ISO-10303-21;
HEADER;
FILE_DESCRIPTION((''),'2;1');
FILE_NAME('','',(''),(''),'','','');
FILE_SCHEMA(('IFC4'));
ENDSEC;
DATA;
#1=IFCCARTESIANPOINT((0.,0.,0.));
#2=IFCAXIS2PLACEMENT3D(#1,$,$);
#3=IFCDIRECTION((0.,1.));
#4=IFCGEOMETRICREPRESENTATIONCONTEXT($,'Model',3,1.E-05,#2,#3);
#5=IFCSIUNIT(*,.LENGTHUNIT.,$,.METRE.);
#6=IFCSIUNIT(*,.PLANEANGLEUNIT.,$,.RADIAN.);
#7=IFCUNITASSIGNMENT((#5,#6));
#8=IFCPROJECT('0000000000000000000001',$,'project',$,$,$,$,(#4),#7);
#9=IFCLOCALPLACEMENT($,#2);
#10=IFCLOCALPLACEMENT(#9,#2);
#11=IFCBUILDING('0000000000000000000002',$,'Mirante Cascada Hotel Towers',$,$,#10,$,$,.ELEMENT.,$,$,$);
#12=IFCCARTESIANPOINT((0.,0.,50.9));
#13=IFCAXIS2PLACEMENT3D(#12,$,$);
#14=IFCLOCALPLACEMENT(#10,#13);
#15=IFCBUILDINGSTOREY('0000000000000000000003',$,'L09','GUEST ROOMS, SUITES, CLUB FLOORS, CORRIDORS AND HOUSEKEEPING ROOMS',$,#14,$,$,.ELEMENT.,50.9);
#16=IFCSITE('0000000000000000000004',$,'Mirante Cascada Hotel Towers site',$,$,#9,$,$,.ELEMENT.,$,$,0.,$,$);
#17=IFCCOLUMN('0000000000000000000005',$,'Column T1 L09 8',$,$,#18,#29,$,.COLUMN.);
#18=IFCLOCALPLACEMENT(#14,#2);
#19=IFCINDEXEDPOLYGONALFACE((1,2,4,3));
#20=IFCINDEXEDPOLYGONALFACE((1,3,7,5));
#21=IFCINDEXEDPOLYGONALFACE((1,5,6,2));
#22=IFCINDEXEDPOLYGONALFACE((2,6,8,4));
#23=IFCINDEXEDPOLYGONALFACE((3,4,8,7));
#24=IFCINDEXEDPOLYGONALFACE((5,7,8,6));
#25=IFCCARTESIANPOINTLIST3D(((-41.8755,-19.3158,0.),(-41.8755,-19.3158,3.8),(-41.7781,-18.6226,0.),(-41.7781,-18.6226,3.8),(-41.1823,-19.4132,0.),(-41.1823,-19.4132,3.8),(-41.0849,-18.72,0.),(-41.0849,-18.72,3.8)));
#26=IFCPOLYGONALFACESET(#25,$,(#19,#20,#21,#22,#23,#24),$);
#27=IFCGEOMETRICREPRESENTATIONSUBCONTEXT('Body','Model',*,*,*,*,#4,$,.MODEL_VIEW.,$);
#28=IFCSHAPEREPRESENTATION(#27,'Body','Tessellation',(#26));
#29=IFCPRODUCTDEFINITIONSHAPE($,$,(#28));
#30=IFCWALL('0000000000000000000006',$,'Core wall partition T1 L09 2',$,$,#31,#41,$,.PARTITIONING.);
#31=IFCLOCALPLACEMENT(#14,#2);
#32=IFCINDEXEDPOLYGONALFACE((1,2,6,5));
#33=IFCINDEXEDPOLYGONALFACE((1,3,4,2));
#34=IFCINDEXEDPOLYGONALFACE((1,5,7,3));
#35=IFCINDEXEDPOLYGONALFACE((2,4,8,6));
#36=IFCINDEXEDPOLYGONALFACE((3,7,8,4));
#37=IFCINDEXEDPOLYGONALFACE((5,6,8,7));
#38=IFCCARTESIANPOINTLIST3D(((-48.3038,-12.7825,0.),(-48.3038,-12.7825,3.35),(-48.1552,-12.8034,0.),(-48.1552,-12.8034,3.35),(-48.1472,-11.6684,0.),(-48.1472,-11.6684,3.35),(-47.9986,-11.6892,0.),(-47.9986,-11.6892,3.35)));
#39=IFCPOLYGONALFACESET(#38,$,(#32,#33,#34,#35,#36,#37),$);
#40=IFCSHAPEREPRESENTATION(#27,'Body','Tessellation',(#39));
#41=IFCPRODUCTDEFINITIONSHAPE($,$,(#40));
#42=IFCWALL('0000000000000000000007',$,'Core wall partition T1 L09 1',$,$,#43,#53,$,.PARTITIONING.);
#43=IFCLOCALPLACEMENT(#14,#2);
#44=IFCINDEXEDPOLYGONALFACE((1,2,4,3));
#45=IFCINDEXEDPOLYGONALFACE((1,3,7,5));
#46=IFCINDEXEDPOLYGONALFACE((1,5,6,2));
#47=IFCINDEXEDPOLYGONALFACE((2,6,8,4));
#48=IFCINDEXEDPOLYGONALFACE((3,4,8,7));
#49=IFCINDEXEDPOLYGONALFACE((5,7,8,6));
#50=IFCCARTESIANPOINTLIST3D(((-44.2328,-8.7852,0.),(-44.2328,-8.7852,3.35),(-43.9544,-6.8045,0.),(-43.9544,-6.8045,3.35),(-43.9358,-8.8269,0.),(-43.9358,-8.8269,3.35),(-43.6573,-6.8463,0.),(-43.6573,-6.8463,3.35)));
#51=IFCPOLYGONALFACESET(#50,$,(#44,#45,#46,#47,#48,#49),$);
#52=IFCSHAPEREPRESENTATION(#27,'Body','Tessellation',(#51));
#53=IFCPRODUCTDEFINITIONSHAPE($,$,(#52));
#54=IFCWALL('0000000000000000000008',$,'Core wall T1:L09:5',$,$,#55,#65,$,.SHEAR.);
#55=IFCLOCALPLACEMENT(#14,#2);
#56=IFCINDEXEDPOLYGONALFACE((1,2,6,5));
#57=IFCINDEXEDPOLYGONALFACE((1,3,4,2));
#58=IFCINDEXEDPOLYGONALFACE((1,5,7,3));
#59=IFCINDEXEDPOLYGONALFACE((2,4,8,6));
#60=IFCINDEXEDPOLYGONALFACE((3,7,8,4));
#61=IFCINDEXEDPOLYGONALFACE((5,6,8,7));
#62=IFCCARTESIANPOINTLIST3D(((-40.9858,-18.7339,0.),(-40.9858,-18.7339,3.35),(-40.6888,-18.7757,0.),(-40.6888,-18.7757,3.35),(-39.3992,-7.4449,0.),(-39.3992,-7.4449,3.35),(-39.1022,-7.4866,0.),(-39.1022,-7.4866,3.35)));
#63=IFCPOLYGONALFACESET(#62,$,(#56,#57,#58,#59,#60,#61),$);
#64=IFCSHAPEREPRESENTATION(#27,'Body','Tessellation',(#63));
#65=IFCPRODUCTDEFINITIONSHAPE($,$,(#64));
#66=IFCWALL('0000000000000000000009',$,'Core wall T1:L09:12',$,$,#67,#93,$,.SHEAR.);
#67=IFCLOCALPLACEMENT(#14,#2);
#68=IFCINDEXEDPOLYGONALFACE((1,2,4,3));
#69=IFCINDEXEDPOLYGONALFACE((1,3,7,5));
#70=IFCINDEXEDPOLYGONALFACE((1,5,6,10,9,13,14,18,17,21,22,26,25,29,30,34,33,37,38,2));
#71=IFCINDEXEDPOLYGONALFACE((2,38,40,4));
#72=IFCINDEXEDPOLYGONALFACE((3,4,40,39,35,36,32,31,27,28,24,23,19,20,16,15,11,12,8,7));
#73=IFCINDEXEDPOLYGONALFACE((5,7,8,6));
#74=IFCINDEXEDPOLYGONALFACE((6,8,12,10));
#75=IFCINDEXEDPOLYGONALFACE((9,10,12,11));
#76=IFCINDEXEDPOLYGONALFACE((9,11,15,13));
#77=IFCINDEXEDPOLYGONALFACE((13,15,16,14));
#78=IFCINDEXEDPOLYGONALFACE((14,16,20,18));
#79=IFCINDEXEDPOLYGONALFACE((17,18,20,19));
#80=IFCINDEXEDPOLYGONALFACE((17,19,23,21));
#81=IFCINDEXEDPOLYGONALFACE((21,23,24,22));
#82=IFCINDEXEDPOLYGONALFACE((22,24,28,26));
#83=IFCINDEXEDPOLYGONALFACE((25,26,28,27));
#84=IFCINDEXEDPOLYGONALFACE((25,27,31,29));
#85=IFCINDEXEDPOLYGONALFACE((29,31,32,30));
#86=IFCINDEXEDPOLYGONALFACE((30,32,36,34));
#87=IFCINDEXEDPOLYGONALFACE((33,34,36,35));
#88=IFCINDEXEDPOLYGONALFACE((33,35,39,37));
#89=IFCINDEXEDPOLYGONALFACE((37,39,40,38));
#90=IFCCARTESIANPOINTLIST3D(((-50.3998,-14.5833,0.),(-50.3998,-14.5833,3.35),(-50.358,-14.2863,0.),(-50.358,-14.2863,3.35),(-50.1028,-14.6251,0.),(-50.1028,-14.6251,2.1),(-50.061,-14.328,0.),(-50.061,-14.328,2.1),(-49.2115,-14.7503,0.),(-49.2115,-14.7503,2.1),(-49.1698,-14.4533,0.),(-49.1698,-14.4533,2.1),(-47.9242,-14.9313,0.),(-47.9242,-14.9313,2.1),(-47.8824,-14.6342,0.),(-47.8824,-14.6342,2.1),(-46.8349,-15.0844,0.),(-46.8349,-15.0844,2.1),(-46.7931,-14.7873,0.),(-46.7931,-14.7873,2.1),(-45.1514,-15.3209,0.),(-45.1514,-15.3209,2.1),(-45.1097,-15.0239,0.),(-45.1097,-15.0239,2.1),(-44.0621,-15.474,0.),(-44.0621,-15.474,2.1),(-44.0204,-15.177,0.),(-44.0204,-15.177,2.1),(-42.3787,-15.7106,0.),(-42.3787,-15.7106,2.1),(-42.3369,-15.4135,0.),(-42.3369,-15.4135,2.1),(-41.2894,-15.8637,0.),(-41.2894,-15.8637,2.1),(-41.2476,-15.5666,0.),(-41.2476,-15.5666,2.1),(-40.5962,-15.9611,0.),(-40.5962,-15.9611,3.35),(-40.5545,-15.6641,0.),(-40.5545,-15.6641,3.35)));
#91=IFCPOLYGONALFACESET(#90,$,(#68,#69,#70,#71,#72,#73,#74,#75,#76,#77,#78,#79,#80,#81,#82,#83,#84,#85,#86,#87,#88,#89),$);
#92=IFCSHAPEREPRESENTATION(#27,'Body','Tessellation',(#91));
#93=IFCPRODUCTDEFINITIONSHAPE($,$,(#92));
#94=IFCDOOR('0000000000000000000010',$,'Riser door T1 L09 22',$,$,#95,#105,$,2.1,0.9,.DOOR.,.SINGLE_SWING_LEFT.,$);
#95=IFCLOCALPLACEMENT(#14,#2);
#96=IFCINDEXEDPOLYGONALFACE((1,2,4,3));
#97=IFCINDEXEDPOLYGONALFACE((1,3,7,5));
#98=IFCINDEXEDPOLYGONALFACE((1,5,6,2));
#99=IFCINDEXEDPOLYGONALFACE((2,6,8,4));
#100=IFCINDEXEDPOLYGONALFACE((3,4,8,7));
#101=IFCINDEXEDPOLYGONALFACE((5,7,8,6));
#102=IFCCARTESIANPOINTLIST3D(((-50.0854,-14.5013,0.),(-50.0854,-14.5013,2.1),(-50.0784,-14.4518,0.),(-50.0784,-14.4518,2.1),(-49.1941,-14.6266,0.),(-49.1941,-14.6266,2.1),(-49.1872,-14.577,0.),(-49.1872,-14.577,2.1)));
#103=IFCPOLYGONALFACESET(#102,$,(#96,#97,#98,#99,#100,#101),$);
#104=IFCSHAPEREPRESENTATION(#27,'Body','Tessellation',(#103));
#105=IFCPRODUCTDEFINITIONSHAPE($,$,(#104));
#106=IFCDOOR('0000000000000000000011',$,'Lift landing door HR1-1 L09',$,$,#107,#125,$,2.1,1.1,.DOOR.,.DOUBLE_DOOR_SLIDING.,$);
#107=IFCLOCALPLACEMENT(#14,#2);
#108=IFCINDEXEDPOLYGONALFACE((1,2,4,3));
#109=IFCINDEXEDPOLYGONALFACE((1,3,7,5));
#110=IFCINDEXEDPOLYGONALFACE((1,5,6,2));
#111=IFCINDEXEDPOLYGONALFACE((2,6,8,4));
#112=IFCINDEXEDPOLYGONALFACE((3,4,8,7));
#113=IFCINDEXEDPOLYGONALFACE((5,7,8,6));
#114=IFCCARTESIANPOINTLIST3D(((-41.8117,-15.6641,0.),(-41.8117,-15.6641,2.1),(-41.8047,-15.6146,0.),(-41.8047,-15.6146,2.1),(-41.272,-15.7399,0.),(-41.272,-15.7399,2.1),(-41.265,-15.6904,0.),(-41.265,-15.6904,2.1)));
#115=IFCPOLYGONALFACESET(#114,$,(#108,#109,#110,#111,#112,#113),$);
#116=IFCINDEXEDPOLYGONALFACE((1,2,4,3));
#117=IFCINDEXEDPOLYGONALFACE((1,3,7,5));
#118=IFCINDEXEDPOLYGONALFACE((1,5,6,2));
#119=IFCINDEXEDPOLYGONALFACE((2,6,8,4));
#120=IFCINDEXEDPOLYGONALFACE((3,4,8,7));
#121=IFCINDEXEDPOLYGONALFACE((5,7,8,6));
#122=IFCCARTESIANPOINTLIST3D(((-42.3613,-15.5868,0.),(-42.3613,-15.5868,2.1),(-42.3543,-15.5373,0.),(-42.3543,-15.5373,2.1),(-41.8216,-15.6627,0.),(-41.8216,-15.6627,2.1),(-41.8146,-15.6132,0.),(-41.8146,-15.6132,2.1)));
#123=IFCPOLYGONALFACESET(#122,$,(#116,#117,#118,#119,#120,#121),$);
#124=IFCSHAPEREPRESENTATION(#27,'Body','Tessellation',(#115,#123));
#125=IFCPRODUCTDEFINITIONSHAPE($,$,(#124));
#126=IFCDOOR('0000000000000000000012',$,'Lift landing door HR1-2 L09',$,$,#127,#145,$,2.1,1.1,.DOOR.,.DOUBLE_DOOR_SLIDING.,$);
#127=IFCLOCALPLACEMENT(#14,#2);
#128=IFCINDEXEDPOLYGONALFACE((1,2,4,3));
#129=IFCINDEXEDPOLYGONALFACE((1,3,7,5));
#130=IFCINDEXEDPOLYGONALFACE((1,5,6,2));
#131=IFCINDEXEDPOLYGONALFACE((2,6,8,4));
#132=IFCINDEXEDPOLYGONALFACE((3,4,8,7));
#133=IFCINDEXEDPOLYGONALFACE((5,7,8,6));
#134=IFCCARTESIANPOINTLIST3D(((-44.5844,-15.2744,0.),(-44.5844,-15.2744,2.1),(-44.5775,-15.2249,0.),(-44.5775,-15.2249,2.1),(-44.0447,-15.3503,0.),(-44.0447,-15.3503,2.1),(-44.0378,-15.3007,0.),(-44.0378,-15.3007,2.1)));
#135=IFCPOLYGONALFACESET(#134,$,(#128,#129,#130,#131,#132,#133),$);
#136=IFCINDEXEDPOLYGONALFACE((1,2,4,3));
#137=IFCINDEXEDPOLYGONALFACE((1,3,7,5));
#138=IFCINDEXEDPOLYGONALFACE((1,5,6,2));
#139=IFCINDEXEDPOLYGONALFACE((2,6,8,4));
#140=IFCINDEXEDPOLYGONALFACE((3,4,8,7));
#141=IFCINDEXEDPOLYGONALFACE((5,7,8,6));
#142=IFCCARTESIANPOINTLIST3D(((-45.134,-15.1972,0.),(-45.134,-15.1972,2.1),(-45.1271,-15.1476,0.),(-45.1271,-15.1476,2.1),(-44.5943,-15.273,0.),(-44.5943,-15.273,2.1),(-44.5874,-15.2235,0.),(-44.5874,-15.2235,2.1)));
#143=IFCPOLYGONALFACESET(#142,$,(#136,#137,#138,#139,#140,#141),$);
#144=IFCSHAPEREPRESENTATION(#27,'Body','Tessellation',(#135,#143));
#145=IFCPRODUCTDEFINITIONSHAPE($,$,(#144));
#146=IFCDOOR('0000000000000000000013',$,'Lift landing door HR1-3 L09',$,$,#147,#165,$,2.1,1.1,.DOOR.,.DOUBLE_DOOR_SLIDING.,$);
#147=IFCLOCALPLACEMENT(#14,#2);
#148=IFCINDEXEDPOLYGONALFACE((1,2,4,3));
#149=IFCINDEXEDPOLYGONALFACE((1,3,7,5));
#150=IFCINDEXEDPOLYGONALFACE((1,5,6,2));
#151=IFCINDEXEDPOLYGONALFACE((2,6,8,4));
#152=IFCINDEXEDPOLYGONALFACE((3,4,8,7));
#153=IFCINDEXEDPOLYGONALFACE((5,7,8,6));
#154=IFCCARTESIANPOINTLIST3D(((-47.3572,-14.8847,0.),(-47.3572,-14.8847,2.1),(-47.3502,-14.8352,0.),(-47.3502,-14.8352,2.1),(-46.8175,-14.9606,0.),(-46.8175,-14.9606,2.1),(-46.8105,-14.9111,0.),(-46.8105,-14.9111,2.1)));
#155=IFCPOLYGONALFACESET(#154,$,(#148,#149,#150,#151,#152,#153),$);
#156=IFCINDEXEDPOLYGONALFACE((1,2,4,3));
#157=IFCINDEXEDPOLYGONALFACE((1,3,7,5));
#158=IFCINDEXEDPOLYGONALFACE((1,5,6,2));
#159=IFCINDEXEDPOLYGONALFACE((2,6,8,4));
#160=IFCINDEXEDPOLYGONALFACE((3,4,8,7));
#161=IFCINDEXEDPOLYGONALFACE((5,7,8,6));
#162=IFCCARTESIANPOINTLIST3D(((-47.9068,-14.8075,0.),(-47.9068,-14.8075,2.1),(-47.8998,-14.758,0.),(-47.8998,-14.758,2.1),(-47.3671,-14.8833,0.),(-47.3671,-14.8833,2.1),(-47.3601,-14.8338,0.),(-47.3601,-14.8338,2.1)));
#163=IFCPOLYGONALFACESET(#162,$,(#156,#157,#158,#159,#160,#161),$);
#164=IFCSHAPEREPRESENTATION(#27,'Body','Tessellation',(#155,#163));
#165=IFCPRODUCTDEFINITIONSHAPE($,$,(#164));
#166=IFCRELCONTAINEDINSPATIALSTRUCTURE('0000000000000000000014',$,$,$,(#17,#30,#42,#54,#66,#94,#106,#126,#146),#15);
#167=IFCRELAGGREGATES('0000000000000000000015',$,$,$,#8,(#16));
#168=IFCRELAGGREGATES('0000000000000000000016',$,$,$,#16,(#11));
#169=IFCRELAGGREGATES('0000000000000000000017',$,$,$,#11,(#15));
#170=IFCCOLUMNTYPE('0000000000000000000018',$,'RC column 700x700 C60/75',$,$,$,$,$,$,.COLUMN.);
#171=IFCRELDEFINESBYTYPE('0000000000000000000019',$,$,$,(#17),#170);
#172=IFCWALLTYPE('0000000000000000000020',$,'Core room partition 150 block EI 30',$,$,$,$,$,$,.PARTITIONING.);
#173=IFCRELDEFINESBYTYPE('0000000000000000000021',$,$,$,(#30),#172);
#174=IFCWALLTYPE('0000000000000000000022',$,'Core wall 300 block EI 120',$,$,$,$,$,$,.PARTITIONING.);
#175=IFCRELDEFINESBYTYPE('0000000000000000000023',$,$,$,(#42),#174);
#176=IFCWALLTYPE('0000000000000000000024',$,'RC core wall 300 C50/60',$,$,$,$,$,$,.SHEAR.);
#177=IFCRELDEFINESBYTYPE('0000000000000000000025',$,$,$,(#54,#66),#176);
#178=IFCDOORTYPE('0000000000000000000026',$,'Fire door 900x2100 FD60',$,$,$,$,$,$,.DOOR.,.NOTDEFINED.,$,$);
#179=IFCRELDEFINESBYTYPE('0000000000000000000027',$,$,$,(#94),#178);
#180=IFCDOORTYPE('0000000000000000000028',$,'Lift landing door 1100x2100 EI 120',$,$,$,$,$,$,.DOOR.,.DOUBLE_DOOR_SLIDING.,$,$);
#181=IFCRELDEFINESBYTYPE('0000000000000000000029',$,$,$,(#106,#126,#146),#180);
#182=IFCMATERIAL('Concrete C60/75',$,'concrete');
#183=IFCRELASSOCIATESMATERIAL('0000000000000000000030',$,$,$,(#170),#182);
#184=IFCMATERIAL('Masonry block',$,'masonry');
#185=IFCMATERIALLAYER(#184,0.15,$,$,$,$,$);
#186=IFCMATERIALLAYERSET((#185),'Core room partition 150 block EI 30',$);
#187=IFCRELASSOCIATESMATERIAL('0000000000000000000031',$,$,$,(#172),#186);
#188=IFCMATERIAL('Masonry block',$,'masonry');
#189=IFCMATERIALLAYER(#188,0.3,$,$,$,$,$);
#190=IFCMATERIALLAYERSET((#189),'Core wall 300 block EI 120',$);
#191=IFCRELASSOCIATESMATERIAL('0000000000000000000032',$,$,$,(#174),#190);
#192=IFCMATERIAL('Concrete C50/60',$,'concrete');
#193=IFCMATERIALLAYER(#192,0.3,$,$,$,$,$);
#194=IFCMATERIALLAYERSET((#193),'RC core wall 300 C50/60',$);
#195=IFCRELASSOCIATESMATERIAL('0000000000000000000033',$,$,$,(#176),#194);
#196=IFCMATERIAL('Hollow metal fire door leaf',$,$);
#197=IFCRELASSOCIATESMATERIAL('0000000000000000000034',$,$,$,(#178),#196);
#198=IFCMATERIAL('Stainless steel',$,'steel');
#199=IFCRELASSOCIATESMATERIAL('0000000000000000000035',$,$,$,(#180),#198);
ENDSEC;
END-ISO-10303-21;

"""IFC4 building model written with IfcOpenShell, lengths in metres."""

from ifc_helpers import new_model, si_unit, direction, frame, frame_2d, origin, origin_2d, place, context, subcontext, project, spatial, rectangle, extrude, material, layer, layer_set, material_profile, profile_set, type_object, element, fill, save


model = new_model("IFC4")

# Units and contexts
model_context = context("Model", 3, precision=1e-05, world=origin(), true_north=direction((0.0, 1.0)))
body_context = subcontext(model_context, "Body", "Model", "MODEL_VIEW")
ifc_project = project(units=[si_unit("LENGTHUNIT", "METRE"), si_unit("PLANEANGLEUNIT", "RADIAN")], contexts=[model_context])

# Site, building, storey
site_placement = place(None, origin())
site = spatial("IfcSite", under=ifc_project, at=site_placement, Name="Mirante Cascada Hotel Towers site", CompositionType="ELEMENT", RefElevation=0.0)
building_placement = place(site_placement, origin())
building = spatial("IfcBuilding", under=site, at=building_placement, Name="Mirante Cascada Hotel Towers", CompositionType="ELEMENT")
storey_placement = place(building_placement, frame((0.0, 0.0, 50.9)))
storey = spatial("IfcBuildingStorey", under=building, at=storey_placement, Name="L09", Description="GUEST ROOMS, SUITES, CLUB FLOORS, CORRIDORS AND HOUSEKEEPING ROOMS", CompositionType="ELEMENT", Elevation=50.9)

# Column
ifc_material_1 = material(Name="Concrete C60/75", Category="concrete")
ifc_material_profile = material_profile(ifc_material_1, rectangle(XDim=0.7, YDim=0.7, at=origin_2d()), Name="RC column 700x700 C60/75")
ifc_profile_set = profile_set([ifc_material_profile], Name="Concrete C60/75")
column_type = type_object("IfcColumnType", Name="RC column 700x700 C60/75", PredefinedType="COLUMN", material=ifc_profile_set)
column_placement = place(storey_placement, frame((-41.4802, -19.0179, 0.0), z_axis=(0.0, 0.0, 1.0), x_axis=(-0.990268, 0.139173, 0.0)))
element("IfcColumn", 1, at=column_placement, inside=storey, type_object=column_type, Name="Column T1 L09 8", PredefinedType="COLUMN", context=body_context, shape_type="SweptSolid", body=[
    extrude(rectangle(XDim=0.7, YDim=0.7, at=origin_2d()), origin(), (0.0, 0.0, 1.0), 3.8),
])

# Walls
ifc_material_2 = material(Name="Masonry block", Category="masonry")
ifc_layer_1 = layer(ifc_material_2, 0.15)
ifc_layer_set_1 = layer_set([ifc_layer_1], Name="Core room partition 150 block EI 30")
wall_type_1 = type_object("IfcWallType", Name="Core room partition 150 block EI 30", PredefinedType="PARTITIONING", material=ifc_layer_set_1)
wall_1_placement = place(storey_placement, frame((-48.2295, -12.793, 0.0), z_axis=(0.0, 0.0, 1.0), x_axis=(0.139193, 0.990265, 0.0)))
element("IfcWall", 2, at=wall_1_placement, inside=storey, type_object=wall_type_1, Name="Core wall partition T1 L09 2", PredefinedType="PARTITIONING", context=body_context, shape_type="SweptSolid", body=[
    extrude(rectangle(XDim=1.1251, YDim=0.15, at=frame_2d((0.5626, 0.0))), origin(), (0.0, 0.0, 1.0), 3.35),
])
ifc_material_3 = material(Name="Masonry block", Category="masonry")
ifc_layer_2 = layer(ifc_material_3, 0.3)
ifc_layer_set_2 = layer_set([ifc_layer_2], Name="Core wall 300 block EI 120")
wall_type_2 = type_object("IfcWallType", Name="Core wall 300 block EI 120", PredefinedType="PARTITIONING", material=ifc_layer_set_2)
wall_2_placement = place(storey_placement, frame((-44.0843, -8.8061, 0.0), z_axis=(0.0, 0.0, 1.0), x_axis=(0.139195, 0.990265, 0.0)))
element("IfcWall", 3, at=wall_2_placement, inside=storey, type_object=wall_type_2, Name="Core wall partition T1 L09 1", PredefinedType="PARTITIONING", context=body_context, shape_type="SweptSolid", body=[
    extrude(rectangle(XDim=2.0001, YDim=0.3, at=frame_2d((1.0001, 0.0))), origin(), (0.0, 0.0, 1.0), 3.35),
])
ifc_material_4 = material(Name="Concrete C50/60", Category="concrete")
ifc_layer_3 = layer(ifc_material_4, 0.3)
ifc_layer_set_3 = layer_set([ifc_layer_3], Name="RC core wall 300 C50/60")
wall_type_3 = type_object("IfcWallType", Name="RC core wall 300 C50/60", PredefinedType="SHEAR", material=ifc_layer_set_3)
wall_3_placement = place(storey_placement, frame((-40.8373, -18.7548, 0.0), z_axis=(0.0, 0.0, 1.0), x_axis=(0.139175, 0.990268, 0.0)))
element("IfcWall", 4, at=wall_3_placement, inside=storey, type_object=wall_type_3, Name="Core wall T1:L09:5", PredefinedType="SHEAR", context=body_context, shape_type="SweptSolid", body=[
    extrude(rectangle(XDim=11.4, YDim=0.3, at=frame_2d((5.7, 0.0))), origin(), (0.0, 0.0, 1.0), 3.35),
])

# Wall, openings, doors
wall_4_placement = place(storey_placement, frame((-40.5753, -15.8126, 0.0), z_axis=(0.0, 0.0, 1.0), x_axis=(-0.990268, 0.139173, 0.0)))
wall_4 = element("IfcWall", 5, at=wall_4_placement, inside=storey, type_object=wall_type_3, Name="Core wall T1:L09:12", PredefinedType="SHEAR", context=body_context, shape_type="SweptSolid", body=[
    extrude(rectangle(XDim=9.8999, YDim=0.3, at=frame_2d((4.95, 0.0))), origin(), (0.0, 0.0, 1.0), 3.35),
])
opening_1_placement = place(wall_4_placement, frame((0.7, 0.0, 0.0)))
opening_1 = element("IfcOpeningElement", 6, at=opening_1_placement, cuts=wall_4, PredefinedType="OPENING", context=body_context, shape_type="SweptSolid", body=[
    extrude(rectangle(XDim=1.1, YDim=2.1, at=frame_2d((0.55, 1.05))), frame((0.0, 0.15, 0.0), z_axis=(0.0, -1.0, 0.0), x_axis=(1.0, 0.0, 0.0)), (0.0, 0.0, 1.0), 0.3),
])
opening_2_placement = place(wall_4_placement, frame((3.5, 0.0, 0.0)))
opening_2 = element("IfcOpeningElement", 7, at=opening_2_placement, cuts=wall_4, PredefinedType="OPENING", context=body_context, shape_type="SweptSolid", body=[
    extrude(rectangle(XDim=1.1, YDim=2.1, at=frame_2d((0.55, 1.05))), frame((0.0, 0.15, 0.0), z_axis=(0.0, -1.0, 0.0), x_axis=(1.0, 0.0, 0.0)), (0.0, 0.0, 1.0), 0.3),
])
opening_3_placement = place(wall_4_placement, frame((6.3, 0.0, 0.0)))
opening_3 = element("IfcOpeningElement", 8, at=opening_3_placement, cuts=wall_4, PredefinedType="OPENING", context=body_context, shape_type="SweptSolid", body=[
    extrude(rectangle(XDim=1.1, YDim=2.1, at=frame_2d((0.55, 1.05))), frame((0.0, 0.15, 0.0), z_axis=(0.0, -1.0, 0.0), x_axis=(1.0, 0.0, 0.0)), (0.0, 0.0, 1.0), 0.3),
])
opening_4_placement = place(wall_4_placement, frame((8.7, 0.0, 0.0)))
opening_4 = element("IfcOpeningElement", 9, at=opening_4_placement, cuts=wall_4, PredefinedType="OPENING", context=body_context, shape_type="SweptSolid", body=[
    extrude(rectangle(XDim=0.9, YDim=2.1, at=frame_2d((0.45, 1.05))), frame((0.0, 0.15, 0.0), z_axis=(0.0, -1.0, 0.0), x_axis=(1.0, 0.0, 0.0)), (0.0, 0.0, 1.0), 0.3),
])
ifc_material_5 = material(Name="Hollow metal fire door leaf")
door_type_1 = type_object("IfcDoorType", Name="Fire door 900x2100 FD60", OperationType="NOTDEFINED", PredefinedType="DOOR", material=ifc_material_5)
door_1_placement = place(opening_4_placement, origin())
door_1 = element("IfcDoor", 10, at=door_1_placement, inside=storey, type_object=door_type_1, Name="Riser door T1 L09 22", OperationType="SINGLE_SWING_LEFT", OverallHeight=2.1, OverallWidth=0.9, PredefinedType="DOOR", context=body_context, shape_type="SweptSolid", body=[
    extrude(rectangle(XDim=0.9, YDim=2.1, at=frame_2d((0.45, 1.05))), frame((0.0, 0.025, 0.0), z_axis=(0.0, -1.0, 0.0), x_axis=(1.0, 0.0, 0.0)), (0.0, 0.0, 1.0), 0.05),
])
fill(opening_4, door_1)
ifc_material_6 = material(Name="Stainless steel", Category="steel")
door_type_2 = type_object("IfcDoorType", Name="Lift landing door 1100x2100 EI 120", OperationType="DOUBLE_DOOR_SLIDING", PredefinedType="DOOR", material=ifc_material_6)
door_2_placement = place(opening_1_placement, origin())
door_2 = element("IfcDoor", 11, at=door_2_placement, inside=storey, type_object=door_type_2, Name="Lift landing door HR1-1 L09", OperationType="DOUBLE_DOOR_SLIDING", OverallHeight=2.1, OverallWidth=1.1, PredefinedType="DOOR", context=body_context, shape_type="SweptSolid", body=[
    extrude(rectangle(XDim=0.545, YDim=2.1, at=frame_2d((0.2725, 1.05))), frame((0.0, 0.025, 0.0), z_axis=(0.0, -1.0, 0.0), x_axis=(1.0, 0.0, 0.0)), (0.0, 0.0, 1.0), 0.05),
    extrude(rectangle(XDim=0.545, YDim=2.1, at=frame_2d((0.8275, 1.05))), frame((0.0, 0.025, 0.0), z_axis=(0.0, -1.0, 0.0), x_axis=(1.0, 0.0, 0.0)), (0.0, 0.0, 1.0), 0.05),
])
fill(opening_1, door_2)
door_3_placement = place(opening_2_placement, origin())
door_3 = element("IfcDoor", 12, at=door_3_placement, inside=storey, type_object=door_type_2, Name="Lift landing door HR1-2 L09", OperationType="DOUBLE_DOOR_SLIDING", OverallHeight=2.1, OverallWidth=1.1, PredefinedType="DOOR", context=body_context, shape_type="SweptSolid", body=[
    extrude(rectangle(XDim=0.545, YDim=2.1, at=frame_2d((0.2725, 1.05))), frame((0.0, 0.025, 0.0), z_axis=(0.0, -1.0, 0.0), x_axis=(1.0, 0.0, 0.0)), (0.0, 0.0, 1.0), 0.05),
    extrude(rectangle(XDim=0.545, YDim=2.1, at=frame_2d((0.8275, 1.05))), frame((0.0, 0.025, 0.0), z_axis=(0.0, -1.0, 0.0), x_axis=(1.0, 0.0, 0.0)), (0.0, 0.0, 1.0), 0.05),
])
fill(opening_2, door_3)
door_4_placement = place(opening_3_placement, origin())
door_4 = element("IfcDoor", 13, at=door_4_placement, inside=storey, type_object=door_type_2, Name="Lift landing door HR1-3 L09", OperationType="DOUBLE_DOOR_SLIDING", OverallHeight=2.1, OverallWidth=1.1, PredefinedType="DOOR", context=body_context, shape_type="SweptSolid", body=[
    extrude(rectangle(XDim=0.545, YDim=2.1, at=frame_2d((0.2725, 1.05))), frame((0.0, 0.025, 0.0), z_axis=(0.0, -1.0, 0.0), x_axis=(1.0, 0.0, 0.0)), (0.0, 0.0, 1.0), 0.05),
    extrude(rectangle(XDim=0.545, YDim=2.1, at=frame_2d((0.8275, 1.05))), frame((0.0, 0.025, 0.0), z_axis=(0.0, -1.0, 0.0), x_axis=(1.0, 0.0, 0.0)), (0.0, 0.0, 1.0), 0.05),
])
fill(opening_3, door_4)

save(model, "model.ifc")
